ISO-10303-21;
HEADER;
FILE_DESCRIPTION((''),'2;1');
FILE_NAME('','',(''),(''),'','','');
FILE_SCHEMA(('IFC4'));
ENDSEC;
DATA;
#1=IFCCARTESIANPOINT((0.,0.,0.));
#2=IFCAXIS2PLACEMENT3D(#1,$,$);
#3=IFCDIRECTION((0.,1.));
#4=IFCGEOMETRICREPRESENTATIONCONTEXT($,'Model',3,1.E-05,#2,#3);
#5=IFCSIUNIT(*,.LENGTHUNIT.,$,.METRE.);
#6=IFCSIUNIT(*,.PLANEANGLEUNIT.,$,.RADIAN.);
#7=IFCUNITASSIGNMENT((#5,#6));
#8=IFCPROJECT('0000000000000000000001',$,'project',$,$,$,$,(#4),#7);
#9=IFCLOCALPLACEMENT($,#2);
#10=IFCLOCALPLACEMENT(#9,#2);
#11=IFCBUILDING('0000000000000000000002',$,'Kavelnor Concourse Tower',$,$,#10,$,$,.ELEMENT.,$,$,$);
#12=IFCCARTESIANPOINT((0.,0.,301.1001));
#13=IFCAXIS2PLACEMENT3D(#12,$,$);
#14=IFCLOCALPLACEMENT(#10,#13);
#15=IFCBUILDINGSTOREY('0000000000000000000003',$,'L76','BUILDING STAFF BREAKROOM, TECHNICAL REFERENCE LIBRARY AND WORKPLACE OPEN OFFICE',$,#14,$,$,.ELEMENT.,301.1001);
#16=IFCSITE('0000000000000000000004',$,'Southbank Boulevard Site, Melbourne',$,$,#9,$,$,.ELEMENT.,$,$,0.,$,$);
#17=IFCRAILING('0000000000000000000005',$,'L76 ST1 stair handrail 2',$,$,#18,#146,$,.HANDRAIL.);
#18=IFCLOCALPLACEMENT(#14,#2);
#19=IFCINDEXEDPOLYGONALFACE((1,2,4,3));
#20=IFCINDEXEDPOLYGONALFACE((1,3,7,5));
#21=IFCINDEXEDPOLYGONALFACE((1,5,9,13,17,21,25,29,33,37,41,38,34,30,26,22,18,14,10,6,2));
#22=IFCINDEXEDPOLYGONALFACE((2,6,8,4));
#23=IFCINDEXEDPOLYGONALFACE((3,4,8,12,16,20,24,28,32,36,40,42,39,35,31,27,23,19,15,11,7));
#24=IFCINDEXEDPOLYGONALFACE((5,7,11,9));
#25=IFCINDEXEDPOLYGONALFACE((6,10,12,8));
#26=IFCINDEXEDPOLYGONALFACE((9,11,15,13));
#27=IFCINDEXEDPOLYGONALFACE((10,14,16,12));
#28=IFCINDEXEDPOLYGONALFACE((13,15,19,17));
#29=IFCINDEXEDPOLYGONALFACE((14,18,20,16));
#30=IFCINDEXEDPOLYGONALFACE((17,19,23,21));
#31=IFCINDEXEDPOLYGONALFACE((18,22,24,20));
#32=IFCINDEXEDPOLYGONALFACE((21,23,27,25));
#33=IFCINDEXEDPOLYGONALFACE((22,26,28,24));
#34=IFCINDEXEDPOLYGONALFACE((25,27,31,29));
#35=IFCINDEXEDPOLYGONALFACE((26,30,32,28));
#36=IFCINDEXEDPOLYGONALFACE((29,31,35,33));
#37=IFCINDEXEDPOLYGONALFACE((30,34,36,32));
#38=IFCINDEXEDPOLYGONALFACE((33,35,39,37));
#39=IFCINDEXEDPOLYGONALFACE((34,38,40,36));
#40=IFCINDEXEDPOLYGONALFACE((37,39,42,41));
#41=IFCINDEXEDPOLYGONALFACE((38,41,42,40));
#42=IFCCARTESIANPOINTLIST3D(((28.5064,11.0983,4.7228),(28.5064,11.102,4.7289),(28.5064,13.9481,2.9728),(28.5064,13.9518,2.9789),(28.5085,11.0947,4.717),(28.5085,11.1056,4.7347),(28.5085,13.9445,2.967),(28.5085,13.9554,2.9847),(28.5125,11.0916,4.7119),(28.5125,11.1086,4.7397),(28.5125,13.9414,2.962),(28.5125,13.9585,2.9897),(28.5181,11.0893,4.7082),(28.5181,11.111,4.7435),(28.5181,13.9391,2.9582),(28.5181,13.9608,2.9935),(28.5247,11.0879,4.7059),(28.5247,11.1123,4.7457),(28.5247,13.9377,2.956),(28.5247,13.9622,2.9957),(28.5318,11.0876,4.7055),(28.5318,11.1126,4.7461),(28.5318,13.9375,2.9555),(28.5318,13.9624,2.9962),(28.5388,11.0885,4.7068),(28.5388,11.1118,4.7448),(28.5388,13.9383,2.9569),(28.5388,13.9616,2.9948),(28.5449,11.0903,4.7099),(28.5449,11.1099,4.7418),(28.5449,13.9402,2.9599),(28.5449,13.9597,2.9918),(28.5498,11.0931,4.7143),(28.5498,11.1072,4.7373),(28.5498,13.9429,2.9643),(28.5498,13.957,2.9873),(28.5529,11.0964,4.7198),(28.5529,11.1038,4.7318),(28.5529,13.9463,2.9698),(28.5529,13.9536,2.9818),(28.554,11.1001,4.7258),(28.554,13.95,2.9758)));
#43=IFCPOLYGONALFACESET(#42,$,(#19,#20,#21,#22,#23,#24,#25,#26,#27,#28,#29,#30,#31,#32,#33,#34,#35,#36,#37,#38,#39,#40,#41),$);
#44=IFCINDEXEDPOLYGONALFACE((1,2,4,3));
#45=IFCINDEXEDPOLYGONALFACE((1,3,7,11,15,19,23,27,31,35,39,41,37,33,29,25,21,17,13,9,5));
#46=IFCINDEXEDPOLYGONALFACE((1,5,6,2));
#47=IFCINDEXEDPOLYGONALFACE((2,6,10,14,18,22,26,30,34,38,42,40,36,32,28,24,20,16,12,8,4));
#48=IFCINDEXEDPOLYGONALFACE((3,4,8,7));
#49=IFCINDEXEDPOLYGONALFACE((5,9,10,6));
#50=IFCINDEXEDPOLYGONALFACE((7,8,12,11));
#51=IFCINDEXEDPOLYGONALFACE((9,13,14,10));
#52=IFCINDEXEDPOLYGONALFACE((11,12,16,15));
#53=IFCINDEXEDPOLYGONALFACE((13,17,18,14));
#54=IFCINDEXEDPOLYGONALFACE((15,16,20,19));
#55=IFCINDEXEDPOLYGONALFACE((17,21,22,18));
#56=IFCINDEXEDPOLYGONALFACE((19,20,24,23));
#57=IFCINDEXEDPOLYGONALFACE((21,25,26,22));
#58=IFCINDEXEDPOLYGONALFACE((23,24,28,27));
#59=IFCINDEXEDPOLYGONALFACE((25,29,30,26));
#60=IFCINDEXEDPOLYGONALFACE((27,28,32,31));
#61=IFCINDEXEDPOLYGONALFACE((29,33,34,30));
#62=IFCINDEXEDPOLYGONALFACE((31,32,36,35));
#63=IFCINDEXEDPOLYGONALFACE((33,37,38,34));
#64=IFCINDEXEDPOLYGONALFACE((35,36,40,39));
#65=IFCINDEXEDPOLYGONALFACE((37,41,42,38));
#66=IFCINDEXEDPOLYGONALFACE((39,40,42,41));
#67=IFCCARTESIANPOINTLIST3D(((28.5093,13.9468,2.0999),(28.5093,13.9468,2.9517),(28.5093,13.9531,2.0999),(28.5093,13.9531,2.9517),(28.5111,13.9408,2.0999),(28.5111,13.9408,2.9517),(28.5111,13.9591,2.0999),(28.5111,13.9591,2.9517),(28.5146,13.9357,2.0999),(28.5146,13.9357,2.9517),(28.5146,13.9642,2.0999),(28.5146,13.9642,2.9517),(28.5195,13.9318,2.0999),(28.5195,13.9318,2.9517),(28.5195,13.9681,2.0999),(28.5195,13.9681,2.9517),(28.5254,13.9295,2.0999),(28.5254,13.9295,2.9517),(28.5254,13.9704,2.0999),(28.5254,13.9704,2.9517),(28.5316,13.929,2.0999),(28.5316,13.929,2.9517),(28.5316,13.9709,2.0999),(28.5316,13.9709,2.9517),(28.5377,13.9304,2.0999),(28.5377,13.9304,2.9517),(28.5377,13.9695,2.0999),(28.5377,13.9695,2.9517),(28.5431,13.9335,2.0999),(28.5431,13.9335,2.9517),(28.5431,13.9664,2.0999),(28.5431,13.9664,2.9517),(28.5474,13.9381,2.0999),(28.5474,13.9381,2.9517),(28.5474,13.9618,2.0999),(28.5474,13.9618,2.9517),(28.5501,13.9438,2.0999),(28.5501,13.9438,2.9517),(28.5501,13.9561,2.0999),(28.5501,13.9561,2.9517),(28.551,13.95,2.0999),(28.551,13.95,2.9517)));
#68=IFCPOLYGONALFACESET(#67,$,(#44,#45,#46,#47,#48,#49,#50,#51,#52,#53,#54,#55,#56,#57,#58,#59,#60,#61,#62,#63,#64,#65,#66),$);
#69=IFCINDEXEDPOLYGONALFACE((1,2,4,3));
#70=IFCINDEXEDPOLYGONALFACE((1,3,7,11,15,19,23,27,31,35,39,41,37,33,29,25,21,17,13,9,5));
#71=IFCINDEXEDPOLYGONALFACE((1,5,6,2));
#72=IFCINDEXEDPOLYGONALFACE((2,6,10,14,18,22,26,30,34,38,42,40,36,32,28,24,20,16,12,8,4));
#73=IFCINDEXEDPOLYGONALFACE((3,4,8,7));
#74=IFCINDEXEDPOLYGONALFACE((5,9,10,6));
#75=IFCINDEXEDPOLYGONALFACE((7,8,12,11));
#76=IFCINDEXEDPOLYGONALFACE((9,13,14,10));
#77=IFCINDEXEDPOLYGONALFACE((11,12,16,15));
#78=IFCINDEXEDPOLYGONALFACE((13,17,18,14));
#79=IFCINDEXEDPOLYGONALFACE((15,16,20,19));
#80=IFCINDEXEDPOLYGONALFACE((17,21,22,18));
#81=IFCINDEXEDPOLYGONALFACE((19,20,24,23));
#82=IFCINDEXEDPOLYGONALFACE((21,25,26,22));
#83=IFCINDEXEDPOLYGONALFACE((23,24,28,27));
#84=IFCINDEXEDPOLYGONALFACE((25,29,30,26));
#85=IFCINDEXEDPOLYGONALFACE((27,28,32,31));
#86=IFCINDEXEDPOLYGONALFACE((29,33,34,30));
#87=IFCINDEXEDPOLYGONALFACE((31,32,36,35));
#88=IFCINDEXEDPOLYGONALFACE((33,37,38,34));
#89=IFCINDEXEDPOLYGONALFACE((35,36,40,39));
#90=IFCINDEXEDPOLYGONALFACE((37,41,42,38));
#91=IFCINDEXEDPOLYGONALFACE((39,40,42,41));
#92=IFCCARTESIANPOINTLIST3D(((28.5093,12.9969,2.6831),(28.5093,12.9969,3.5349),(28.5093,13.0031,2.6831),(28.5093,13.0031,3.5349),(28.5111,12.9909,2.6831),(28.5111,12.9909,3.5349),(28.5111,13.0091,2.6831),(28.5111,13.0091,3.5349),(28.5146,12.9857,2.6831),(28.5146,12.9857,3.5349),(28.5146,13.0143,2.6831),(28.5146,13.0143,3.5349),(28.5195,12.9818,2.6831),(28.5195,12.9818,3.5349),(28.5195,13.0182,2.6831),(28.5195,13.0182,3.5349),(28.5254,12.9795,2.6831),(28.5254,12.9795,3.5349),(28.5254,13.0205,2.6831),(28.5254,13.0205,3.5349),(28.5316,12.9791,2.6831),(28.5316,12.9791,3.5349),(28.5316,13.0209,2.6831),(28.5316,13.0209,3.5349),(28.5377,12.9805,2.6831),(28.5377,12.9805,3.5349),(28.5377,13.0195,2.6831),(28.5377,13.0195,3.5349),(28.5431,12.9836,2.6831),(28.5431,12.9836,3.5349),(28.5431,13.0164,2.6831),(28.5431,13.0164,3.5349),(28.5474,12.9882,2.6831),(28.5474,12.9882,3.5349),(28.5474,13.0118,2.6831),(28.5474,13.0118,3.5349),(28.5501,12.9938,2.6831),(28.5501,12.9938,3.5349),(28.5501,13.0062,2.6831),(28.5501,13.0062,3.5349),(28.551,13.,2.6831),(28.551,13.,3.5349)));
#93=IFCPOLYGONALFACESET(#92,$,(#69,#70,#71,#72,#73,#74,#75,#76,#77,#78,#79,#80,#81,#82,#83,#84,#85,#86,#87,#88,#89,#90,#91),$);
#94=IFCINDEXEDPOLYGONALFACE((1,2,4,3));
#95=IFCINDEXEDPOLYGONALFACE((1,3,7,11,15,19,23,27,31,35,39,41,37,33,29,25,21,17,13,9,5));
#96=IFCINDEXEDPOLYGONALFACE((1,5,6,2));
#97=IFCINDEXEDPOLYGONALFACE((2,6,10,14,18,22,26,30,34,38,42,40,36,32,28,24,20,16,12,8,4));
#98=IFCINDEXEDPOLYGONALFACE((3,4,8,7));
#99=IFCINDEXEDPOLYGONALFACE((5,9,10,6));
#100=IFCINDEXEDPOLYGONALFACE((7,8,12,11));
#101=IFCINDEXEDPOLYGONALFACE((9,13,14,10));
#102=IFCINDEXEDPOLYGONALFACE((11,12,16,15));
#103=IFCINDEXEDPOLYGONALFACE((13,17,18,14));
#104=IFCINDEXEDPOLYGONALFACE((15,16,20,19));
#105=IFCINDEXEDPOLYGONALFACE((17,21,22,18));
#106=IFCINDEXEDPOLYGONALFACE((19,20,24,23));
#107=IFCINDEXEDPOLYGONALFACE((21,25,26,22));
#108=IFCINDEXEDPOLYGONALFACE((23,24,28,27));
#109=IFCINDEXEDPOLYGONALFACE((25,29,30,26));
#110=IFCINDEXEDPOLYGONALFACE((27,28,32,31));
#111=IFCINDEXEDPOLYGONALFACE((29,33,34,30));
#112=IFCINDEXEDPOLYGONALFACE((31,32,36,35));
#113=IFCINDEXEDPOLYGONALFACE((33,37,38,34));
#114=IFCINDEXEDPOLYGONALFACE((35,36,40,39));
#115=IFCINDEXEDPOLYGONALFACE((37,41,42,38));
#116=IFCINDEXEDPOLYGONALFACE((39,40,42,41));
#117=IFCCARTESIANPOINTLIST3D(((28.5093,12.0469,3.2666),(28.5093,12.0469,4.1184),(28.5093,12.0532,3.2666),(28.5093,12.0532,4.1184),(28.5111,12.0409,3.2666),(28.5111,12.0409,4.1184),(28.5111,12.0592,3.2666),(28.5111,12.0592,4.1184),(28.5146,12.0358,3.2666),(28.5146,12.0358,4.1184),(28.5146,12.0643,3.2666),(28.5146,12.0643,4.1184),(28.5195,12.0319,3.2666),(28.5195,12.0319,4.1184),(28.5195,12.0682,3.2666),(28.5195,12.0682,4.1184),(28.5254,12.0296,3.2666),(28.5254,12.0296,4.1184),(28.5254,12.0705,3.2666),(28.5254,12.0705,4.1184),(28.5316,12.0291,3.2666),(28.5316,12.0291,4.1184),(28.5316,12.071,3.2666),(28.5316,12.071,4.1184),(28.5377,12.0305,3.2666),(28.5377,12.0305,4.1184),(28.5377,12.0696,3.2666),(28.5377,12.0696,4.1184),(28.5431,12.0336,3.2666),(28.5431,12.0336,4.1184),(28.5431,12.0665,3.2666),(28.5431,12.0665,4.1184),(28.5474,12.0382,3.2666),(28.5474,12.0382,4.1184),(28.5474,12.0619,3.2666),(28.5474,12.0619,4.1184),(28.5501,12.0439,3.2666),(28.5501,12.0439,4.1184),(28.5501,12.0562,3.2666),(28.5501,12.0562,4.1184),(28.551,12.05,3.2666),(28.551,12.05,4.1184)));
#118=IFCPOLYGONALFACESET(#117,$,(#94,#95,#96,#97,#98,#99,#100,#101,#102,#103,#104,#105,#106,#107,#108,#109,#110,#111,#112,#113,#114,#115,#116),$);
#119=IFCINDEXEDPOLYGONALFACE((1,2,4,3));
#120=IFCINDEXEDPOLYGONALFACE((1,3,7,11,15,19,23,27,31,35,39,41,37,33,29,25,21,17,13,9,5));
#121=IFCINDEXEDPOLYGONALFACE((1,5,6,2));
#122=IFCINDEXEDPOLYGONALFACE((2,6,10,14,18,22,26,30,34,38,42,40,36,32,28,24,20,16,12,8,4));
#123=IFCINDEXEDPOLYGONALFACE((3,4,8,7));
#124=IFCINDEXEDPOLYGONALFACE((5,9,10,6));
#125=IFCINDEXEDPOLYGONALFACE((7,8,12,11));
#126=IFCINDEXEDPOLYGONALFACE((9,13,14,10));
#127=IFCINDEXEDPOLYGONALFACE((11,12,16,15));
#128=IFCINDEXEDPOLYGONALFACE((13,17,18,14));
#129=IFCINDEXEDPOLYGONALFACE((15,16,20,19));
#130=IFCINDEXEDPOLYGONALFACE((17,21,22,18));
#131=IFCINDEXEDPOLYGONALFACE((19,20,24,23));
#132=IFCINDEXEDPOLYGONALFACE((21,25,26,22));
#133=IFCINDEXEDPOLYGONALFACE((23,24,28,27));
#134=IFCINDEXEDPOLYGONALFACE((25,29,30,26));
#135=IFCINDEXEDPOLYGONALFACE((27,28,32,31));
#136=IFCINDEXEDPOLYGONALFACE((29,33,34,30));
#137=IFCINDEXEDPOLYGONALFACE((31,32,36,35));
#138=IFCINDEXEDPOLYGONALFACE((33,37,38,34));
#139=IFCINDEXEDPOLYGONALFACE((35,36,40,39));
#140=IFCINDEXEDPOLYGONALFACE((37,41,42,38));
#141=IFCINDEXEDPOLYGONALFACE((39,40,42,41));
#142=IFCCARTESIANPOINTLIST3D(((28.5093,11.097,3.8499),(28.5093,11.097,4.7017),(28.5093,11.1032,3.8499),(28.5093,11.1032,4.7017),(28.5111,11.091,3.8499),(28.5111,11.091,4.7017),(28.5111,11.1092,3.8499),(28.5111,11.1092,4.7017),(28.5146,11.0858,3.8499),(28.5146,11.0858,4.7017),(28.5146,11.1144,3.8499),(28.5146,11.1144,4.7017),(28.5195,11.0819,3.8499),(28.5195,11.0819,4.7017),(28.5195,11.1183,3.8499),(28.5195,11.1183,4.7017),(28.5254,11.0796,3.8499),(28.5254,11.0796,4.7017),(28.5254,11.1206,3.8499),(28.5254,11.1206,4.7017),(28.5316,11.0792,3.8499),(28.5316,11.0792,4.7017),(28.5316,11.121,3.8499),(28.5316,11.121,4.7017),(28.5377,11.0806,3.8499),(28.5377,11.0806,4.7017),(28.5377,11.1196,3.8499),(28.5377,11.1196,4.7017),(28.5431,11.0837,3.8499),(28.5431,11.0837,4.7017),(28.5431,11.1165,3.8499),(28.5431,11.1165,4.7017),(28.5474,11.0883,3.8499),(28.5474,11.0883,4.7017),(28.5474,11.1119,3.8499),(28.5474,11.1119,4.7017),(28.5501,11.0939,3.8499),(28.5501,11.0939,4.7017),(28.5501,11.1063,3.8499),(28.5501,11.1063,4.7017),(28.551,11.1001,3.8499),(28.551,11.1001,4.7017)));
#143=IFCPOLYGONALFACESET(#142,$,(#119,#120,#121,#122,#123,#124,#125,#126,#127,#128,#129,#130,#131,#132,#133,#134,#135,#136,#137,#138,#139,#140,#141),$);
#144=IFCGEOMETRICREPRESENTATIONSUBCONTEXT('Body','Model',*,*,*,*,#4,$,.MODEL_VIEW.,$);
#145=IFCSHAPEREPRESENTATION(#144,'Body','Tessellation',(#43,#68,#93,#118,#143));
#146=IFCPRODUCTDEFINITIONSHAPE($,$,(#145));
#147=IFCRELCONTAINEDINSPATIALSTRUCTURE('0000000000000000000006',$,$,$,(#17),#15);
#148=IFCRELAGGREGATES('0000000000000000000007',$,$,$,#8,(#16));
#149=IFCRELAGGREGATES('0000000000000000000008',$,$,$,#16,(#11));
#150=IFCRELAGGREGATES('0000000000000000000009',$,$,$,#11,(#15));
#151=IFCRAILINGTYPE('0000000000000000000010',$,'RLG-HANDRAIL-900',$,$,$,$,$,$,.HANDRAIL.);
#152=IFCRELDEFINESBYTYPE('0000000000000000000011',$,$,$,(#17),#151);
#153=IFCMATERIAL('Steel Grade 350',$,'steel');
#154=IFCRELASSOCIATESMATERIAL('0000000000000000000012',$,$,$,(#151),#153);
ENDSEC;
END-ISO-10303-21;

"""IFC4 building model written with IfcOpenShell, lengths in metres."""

from ifc_helpers import new_model, si_unit, direction, frame, origin, origin_2d, place, context, subcontext, project, spatial, circle, extrude, material, type_object, element, save


model = new_model("IFC4")

# Units and contexts
model_context = context("Model", 3, precision=1e-05, world=origin(), true_north=direction((0.0, 1.0)))
body_context = subcontext(model_context, "Body", "Model", "MODEL_VIEW")
ifc_project = project(units=[si_unit("LENGTHUNIT", "METRE"), si_unit("PLANEANGLEUNIT", "RADIAN")], contexts=[model_context])

# Site, building, storey
site_placement = place(None, origin())
site = spatial("IfcSite", under=ifc_project, at=site_placement, Name="Southbank Boulevard Site, Melbourne", CompositionType="ELEMENT", RefElevation=0.0)
building_placement = place(site_placement, origin())
building = spatial("IfcBuilding", under=site, at=building_placement, Name="Kavelnor Concourse Tower", CompositionType="ELEMENT")
storey_placement = place(building_placement, frame((0.0, 0.0, 301.1001)))
storey = spatial("IfcBuildingStorey", under=building, at=storey_placement, Name="L76", Description="BUILDING STAFF BREAKROOM, TECHNICAL REFERENCE LIBRARY AND WORKPLACE OPEN OFFICE", CompositionType="ELEMENT", Elevation=301.1001)

# Shared definitions
ifc_material_1 = material(Name="Steel Grade 350", Category="steel")

# Railing
railing_type_1 = type_object("IfcRailingType", Name="RLG-HANDRAIL-900", PredefinedType="HANDRAIL", material=ifc_material_1)
railing_1_placement = place(storey_placement, frame((28.53, 13.95, 2.0999)))
element("IfcRailing", 1, at=railing_1_placement, inside=storey, type_object=railing_type_1, Name="L76 ST1 stair handrail 2", PredefinedType="HANDRAIL", context=body_context, shape_type="SweptSolid", body=[
    extrude(circle(Radius=0.0239, at=origin_2d()), frame((0.0, 0.0, 0.876), z_axis=(0.0, -0.852159, 0.523283), x_axis=(1.0, 0.0, 0.0)), (0.0, 0.0, 1.0), 3.3442),
    extrude(circle(Radius=0.021, at=origin_2d()), origin(), (0.0, 0.0, 1.0), 0.8518),
    extrude(circle(Radius=0.021, at=origin_2d()), frame((0.0, -0.95, 0.5833)), (0.0, 0.0, 1.0), 0.8518),
    extrude(circle(Radius=0.021, at=origin_2d()), frame((0.0, -1.8999, 1.1667)), (0.0, 0.0, 1.0), 0.8518),
    extrude(circle(Radius=0.021, at=origin_2d()), frame((0.0, -2.8499, 1.75)), (0.0, 0.0, 1.0), 0.8518),
])

save(model, "model.ifc")
